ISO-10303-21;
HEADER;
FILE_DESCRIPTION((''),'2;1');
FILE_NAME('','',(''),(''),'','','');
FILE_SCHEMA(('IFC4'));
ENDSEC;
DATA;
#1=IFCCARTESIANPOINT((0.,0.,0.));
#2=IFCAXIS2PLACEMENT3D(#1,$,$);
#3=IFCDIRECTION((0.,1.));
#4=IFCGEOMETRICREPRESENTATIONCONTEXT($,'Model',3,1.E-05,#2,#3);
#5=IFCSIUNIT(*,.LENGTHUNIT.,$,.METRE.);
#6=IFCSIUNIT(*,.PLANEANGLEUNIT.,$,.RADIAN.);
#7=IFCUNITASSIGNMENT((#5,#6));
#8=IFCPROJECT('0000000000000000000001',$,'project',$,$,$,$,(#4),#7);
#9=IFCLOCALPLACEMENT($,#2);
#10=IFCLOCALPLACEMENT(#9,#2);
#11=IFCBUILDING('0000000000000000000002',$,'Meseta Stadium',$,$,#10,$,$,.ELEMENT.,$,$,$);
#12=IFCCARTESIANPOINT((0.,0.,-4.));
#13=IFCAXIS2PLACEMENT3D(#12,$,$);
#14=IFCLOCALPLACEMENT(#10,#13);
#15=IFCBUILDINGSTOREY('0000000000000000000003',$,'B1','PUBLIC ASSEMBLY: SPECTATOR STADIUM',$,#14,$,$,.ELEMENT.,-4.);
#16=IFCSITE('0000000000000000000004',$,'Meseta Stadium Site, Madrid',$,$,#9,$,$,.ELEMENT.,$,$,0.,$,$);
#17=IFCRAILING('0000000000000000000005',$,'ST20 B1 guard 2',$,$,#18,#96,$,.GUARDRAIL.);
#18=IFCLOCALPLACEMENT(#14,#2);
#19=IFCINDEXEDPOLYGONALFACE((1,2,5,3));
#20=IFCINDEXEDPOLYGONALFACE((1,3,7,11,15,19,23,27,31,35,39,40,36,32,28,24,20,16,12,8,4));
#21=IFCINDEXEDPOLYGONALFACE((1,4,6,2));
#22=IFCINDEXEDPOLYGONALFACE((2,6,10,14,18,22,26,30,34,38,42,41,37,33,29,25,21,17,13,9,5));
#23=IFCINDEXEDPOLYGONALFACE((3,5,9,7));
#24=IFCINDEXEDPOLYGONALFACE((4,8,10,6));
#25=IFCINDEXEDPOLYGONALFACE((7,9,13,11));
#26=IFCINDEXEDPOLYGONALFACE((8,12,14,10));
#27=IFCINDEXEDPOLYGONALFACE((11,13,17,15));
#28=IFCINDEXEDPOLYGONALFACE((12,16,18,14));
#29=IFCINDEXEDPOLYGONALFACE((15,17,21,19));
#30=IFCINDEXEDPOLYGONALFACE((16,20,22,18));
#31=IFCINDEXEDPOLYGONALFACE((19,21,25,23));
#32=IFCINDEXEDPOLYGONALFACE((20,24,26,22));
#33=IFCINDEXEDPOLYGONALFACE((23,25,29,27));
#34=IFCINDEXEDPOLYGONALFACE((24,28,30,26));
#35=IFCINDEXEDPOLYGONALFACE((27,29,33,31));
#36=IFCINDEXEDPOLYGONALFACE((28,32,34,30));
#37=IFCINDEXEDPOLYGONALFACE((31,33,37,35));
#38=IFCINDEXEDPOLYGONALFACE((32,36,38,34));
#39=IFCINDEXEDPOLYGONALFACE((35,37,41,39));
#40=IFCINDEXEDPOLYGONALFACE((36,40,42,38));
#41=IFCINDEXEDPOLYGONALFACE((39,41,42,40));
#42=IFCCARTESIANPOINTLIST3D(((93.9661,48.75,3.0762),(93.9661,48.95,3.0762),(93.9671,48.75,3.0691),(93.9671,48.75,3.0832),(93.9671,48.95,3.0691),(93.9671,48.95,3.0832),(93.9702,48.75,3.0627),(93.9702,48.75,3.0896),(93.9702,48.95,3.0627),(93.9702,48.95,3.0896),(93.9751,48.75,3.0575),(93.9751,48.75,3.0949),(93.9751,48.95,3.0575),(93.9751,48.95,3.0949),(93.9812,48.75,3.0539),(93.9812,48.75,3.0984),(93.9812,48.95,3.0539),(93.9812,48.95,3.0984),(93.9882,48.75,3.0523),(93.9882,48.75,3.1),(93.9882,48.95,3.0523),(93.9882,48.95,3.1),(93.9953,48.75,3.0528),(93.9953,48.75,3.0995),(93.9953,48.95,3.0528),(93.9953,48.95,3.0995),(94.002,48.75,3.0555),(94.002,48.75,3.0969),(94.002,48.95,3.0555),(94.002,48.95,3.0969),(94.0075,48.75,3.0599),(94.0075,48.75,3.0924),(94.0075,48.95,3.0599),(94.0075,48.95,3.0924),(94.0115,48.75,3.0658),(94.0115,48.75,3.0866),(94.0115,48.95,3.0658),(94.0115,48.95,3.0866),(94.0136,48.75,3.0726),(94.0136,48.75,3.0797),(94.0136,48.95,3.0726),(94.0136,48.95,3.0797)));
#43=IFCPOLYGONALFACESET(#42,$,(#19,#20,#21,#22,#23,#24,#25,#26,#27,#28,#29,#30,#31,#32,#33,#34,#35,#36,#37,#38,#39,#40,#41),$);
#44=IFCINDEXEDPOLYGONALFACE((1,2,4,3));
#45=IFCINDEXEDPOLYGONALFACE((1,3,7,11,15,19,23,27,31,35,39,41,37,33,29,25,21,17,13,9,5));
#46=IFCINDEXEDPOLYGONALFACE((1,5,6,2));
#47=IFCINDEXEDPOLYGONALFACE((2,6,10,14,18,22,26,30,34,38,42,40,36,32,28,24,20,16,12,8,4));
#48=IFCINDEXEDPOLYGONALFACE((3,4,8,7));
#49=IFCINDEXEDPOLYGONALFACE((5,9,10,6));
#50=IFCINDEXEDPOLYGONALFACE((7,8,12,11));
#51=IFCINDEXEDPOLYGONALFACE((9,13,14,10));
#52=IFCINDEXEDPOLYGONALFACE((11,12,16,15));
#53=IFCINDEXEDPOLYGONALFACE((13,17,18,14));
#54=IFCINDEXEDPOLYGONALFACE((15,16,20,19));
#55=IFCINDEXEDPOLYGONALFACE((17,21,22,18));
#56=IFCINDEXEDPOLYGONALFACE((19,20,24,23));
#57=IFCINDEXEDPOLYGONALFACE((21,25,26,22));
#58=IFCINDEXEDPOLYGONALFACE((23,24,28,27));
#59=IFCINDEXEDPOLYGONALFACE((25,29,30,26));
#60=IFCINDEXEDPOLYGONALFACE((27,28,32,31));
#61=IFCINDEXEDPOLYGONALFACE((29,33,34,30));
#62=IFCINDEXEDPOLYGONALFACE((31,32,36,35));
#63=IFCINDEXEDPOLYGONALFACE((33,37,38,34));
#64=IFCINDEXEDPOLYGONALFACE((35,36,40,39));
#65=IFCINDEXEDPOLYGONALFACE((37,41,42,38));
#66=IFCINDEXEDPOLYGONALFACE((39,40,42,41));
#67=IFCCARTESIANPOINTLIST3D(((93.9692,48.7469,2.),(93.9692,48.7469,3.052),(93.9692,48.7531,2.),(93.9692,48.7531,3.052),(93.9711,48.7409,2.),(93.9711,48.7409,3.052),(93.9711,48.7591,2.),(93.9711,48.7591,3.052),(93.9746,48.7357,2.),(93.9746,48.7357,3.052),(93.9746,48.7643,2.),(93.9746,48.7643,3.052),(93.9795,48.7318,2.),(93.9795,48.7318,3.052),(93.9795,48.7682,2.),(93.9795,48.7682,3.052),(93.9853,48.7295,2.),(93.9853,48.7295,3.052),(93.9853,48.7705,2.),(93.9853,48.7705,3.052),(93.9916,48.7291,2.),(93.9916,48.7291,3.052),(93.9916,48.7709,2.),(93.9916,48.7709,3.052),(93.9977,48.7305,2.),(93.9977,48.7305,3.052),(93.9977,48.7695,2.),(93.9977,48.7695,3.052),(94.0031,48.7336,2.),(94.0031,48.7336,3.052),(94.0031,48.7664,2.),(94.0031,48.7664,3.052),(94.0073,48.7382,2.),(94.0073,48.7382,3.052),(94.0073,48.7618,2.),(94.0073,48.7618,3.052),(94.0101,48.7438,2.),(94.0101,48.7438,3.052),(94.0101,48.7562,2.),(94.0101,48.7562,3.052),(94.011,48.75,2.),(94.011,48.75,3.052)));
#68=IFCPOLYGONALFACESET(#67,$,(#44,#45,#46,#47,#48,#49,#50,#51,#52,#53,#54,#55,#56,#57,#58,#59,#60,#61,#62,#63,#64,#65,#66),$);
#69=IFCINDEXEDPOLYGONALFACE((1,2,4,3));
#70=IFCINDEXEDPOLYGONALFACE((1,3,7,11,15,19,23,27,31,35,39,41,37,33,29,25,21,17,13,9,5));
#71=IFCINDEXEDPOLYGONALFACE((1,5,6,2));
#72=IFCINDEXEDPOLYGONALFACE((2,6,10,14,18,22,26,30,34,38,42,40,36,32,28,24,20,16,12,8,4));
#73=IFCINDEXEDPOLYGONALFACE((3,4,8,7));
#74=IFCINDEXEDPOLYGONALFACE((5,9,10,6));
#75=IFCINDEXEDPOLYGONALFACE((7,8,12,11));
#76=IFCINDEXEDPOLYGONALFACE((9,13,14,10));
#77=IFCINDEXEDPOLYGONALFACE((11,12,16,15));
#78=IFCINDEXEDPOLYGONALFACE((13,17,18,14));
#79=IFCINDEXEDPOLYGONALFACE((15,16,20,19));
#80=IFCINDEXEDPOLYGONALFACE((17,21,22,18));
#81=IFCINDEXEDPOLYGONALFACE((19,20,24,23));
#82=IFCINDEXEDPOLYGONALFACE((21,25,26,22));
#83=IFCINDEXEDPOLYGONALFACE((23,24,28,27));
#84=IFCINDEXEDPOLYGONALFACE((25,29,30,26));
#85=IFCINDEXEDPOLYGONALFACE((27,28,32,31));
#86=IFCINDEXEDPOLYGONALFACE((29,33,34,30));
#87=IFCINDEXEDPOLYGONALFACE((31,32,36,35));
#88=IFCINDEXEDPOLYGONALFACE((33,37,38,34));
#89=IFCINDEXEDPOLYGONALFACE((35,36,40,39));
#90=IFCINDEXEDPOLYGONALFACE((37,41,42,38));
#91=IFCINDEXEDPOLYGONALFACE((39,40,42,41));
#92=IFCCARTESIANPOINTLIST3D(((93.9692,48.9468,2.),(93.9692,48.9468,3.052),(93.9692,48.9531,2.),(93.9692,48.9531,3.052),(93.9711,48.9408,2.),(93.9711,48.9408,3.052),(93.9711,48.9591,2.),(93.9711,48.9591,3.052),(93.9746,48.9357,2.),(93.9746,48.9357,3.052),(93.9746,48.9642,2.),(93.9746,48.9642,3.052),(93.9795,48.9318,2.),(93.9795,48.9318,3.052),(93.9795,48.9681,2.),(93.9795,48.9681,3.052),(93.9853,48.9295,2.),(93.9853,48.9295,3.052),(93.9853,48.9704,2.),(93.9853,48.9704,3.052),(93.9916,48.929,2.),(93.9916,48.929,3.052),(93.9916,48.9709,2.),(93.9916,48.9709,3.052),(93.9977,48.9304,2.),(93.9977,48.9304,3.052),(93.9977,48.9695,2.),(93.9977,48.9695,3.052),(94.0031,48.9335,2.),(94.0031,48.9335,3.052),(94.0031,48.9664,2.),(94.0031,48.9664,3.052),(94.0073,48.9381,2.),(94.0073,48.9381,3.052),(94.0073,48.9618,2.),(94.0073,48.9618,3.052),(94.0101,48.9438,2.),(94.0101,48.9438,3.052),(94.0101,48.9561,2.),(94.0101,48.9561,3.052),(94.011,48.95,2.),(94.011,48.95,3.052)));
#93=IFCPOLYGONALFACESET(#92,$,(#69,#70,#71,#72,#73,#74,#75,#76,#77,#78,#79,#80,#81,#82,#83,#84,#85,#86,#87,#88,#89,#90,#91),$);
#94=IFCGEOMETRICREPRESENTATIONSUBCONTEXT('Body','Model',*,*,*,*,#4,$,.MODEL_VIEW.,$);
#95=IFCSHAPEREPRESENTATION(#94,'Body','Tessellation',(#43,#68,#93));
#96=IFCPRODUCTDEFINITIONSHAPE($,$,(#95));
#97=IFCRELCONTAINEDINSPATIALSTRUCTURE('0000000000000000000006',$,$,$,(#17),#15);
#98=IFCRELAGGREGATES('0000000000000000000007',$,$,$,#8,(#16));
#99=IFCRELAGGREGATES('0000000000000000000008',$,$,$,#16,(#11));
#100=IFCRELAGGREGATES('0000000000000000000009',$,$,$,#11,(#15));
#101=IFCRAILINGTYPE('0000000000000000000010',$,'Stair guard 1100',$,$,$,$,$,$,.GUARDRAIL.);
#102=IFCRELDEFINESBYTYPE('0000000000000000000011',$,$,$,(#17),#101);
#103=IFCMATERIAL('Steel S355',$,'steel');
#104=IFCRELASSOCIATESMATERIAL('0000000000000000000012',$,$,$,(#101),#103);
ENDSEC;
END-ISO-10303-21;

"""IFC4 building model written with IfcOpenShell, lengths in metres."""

from ifc_helpers import new_model, si_unit, direction, frame, origin, origin_2d, place, context, subcontext, project, spatial, circle, extrude, material, type_object, element, save


model = new_model("IFC4")

# Units and contexts
model_context = context("Model", 3, precision=1e-05, world=origin(), true_north=direction((0.0, 1.0)))
body_context = subcontext(model_context, "Body", "Model", "MODEL_VIEW")
ifc_project = project(units=[si_unit("LENGTHUNIT", "METRE"), si_unit("PLANEANGLEUNIT", "RADIAN")], contexts=[model_context])

# Site, building, storey
site_placement = place(None, origin())
site = spatial("IfcSite", under=ifc_project, at=site_placement, Name="Meseta Stadium Site, Madrid", CompositionType="ELEMENT", RefElevation=0.0)
building_placement = place(site_placement, origin())
building = spatial("IfcBuilding", under=site, at=building_placement, Name="Meseta Stadium", CompositionType="ELEMENT")
storey_placement = place(building_placement, frame((0.0, 0.0, -4.0)))
storey = spatial("IfcBuildingStorey", under=building, at=storey_placement, Name="B1", Description="PUBLIC ASSEMBLY: SPECTATOR STADIUM", CompositionType="ELEMENT", Elevation=-4.0)

# Railing
ifc_material_1 = material(Name="Steel S355", Category="steel")
railing_type_1 = type_object("IfcRailingType", Name="Stair guard 1100", PredefinedType="GUARDRAIL", material=ifc_material_1)
railing_1_placement = place(storey_placement, frame((93.99, 48.75, 2.0)))
element("IfcRailing", 1, at=railing_1_placement, inside=storey, type_object=railing_type_1, Name="ST20 B1 guard 2", PredefinedType="GUARDRAIL", context=body_context, shape_type="SweptSolid", body=[
    extrude(circle(Radius=0.0239, at=origin_2d()), frame((0.0, 0.0, 1.0762), z_axis=(0.0, 1.0, 0.0), x_axis=(-1.0, 0.0, 0.0)), (0.0, 0.0, 1.0), 0.2),
    extrude(circle(Radius=0.021, at=origin_2d()), origin(), (0.0, 0.0, 1.0), 1.052),
    extrude(circle(Radius=0.021, at=origin_2d()), frame((0.0, 0.2, 0.0)), (0.0, 0.0, 1.0), 1.052),
])

save(model, "model.ifc")
